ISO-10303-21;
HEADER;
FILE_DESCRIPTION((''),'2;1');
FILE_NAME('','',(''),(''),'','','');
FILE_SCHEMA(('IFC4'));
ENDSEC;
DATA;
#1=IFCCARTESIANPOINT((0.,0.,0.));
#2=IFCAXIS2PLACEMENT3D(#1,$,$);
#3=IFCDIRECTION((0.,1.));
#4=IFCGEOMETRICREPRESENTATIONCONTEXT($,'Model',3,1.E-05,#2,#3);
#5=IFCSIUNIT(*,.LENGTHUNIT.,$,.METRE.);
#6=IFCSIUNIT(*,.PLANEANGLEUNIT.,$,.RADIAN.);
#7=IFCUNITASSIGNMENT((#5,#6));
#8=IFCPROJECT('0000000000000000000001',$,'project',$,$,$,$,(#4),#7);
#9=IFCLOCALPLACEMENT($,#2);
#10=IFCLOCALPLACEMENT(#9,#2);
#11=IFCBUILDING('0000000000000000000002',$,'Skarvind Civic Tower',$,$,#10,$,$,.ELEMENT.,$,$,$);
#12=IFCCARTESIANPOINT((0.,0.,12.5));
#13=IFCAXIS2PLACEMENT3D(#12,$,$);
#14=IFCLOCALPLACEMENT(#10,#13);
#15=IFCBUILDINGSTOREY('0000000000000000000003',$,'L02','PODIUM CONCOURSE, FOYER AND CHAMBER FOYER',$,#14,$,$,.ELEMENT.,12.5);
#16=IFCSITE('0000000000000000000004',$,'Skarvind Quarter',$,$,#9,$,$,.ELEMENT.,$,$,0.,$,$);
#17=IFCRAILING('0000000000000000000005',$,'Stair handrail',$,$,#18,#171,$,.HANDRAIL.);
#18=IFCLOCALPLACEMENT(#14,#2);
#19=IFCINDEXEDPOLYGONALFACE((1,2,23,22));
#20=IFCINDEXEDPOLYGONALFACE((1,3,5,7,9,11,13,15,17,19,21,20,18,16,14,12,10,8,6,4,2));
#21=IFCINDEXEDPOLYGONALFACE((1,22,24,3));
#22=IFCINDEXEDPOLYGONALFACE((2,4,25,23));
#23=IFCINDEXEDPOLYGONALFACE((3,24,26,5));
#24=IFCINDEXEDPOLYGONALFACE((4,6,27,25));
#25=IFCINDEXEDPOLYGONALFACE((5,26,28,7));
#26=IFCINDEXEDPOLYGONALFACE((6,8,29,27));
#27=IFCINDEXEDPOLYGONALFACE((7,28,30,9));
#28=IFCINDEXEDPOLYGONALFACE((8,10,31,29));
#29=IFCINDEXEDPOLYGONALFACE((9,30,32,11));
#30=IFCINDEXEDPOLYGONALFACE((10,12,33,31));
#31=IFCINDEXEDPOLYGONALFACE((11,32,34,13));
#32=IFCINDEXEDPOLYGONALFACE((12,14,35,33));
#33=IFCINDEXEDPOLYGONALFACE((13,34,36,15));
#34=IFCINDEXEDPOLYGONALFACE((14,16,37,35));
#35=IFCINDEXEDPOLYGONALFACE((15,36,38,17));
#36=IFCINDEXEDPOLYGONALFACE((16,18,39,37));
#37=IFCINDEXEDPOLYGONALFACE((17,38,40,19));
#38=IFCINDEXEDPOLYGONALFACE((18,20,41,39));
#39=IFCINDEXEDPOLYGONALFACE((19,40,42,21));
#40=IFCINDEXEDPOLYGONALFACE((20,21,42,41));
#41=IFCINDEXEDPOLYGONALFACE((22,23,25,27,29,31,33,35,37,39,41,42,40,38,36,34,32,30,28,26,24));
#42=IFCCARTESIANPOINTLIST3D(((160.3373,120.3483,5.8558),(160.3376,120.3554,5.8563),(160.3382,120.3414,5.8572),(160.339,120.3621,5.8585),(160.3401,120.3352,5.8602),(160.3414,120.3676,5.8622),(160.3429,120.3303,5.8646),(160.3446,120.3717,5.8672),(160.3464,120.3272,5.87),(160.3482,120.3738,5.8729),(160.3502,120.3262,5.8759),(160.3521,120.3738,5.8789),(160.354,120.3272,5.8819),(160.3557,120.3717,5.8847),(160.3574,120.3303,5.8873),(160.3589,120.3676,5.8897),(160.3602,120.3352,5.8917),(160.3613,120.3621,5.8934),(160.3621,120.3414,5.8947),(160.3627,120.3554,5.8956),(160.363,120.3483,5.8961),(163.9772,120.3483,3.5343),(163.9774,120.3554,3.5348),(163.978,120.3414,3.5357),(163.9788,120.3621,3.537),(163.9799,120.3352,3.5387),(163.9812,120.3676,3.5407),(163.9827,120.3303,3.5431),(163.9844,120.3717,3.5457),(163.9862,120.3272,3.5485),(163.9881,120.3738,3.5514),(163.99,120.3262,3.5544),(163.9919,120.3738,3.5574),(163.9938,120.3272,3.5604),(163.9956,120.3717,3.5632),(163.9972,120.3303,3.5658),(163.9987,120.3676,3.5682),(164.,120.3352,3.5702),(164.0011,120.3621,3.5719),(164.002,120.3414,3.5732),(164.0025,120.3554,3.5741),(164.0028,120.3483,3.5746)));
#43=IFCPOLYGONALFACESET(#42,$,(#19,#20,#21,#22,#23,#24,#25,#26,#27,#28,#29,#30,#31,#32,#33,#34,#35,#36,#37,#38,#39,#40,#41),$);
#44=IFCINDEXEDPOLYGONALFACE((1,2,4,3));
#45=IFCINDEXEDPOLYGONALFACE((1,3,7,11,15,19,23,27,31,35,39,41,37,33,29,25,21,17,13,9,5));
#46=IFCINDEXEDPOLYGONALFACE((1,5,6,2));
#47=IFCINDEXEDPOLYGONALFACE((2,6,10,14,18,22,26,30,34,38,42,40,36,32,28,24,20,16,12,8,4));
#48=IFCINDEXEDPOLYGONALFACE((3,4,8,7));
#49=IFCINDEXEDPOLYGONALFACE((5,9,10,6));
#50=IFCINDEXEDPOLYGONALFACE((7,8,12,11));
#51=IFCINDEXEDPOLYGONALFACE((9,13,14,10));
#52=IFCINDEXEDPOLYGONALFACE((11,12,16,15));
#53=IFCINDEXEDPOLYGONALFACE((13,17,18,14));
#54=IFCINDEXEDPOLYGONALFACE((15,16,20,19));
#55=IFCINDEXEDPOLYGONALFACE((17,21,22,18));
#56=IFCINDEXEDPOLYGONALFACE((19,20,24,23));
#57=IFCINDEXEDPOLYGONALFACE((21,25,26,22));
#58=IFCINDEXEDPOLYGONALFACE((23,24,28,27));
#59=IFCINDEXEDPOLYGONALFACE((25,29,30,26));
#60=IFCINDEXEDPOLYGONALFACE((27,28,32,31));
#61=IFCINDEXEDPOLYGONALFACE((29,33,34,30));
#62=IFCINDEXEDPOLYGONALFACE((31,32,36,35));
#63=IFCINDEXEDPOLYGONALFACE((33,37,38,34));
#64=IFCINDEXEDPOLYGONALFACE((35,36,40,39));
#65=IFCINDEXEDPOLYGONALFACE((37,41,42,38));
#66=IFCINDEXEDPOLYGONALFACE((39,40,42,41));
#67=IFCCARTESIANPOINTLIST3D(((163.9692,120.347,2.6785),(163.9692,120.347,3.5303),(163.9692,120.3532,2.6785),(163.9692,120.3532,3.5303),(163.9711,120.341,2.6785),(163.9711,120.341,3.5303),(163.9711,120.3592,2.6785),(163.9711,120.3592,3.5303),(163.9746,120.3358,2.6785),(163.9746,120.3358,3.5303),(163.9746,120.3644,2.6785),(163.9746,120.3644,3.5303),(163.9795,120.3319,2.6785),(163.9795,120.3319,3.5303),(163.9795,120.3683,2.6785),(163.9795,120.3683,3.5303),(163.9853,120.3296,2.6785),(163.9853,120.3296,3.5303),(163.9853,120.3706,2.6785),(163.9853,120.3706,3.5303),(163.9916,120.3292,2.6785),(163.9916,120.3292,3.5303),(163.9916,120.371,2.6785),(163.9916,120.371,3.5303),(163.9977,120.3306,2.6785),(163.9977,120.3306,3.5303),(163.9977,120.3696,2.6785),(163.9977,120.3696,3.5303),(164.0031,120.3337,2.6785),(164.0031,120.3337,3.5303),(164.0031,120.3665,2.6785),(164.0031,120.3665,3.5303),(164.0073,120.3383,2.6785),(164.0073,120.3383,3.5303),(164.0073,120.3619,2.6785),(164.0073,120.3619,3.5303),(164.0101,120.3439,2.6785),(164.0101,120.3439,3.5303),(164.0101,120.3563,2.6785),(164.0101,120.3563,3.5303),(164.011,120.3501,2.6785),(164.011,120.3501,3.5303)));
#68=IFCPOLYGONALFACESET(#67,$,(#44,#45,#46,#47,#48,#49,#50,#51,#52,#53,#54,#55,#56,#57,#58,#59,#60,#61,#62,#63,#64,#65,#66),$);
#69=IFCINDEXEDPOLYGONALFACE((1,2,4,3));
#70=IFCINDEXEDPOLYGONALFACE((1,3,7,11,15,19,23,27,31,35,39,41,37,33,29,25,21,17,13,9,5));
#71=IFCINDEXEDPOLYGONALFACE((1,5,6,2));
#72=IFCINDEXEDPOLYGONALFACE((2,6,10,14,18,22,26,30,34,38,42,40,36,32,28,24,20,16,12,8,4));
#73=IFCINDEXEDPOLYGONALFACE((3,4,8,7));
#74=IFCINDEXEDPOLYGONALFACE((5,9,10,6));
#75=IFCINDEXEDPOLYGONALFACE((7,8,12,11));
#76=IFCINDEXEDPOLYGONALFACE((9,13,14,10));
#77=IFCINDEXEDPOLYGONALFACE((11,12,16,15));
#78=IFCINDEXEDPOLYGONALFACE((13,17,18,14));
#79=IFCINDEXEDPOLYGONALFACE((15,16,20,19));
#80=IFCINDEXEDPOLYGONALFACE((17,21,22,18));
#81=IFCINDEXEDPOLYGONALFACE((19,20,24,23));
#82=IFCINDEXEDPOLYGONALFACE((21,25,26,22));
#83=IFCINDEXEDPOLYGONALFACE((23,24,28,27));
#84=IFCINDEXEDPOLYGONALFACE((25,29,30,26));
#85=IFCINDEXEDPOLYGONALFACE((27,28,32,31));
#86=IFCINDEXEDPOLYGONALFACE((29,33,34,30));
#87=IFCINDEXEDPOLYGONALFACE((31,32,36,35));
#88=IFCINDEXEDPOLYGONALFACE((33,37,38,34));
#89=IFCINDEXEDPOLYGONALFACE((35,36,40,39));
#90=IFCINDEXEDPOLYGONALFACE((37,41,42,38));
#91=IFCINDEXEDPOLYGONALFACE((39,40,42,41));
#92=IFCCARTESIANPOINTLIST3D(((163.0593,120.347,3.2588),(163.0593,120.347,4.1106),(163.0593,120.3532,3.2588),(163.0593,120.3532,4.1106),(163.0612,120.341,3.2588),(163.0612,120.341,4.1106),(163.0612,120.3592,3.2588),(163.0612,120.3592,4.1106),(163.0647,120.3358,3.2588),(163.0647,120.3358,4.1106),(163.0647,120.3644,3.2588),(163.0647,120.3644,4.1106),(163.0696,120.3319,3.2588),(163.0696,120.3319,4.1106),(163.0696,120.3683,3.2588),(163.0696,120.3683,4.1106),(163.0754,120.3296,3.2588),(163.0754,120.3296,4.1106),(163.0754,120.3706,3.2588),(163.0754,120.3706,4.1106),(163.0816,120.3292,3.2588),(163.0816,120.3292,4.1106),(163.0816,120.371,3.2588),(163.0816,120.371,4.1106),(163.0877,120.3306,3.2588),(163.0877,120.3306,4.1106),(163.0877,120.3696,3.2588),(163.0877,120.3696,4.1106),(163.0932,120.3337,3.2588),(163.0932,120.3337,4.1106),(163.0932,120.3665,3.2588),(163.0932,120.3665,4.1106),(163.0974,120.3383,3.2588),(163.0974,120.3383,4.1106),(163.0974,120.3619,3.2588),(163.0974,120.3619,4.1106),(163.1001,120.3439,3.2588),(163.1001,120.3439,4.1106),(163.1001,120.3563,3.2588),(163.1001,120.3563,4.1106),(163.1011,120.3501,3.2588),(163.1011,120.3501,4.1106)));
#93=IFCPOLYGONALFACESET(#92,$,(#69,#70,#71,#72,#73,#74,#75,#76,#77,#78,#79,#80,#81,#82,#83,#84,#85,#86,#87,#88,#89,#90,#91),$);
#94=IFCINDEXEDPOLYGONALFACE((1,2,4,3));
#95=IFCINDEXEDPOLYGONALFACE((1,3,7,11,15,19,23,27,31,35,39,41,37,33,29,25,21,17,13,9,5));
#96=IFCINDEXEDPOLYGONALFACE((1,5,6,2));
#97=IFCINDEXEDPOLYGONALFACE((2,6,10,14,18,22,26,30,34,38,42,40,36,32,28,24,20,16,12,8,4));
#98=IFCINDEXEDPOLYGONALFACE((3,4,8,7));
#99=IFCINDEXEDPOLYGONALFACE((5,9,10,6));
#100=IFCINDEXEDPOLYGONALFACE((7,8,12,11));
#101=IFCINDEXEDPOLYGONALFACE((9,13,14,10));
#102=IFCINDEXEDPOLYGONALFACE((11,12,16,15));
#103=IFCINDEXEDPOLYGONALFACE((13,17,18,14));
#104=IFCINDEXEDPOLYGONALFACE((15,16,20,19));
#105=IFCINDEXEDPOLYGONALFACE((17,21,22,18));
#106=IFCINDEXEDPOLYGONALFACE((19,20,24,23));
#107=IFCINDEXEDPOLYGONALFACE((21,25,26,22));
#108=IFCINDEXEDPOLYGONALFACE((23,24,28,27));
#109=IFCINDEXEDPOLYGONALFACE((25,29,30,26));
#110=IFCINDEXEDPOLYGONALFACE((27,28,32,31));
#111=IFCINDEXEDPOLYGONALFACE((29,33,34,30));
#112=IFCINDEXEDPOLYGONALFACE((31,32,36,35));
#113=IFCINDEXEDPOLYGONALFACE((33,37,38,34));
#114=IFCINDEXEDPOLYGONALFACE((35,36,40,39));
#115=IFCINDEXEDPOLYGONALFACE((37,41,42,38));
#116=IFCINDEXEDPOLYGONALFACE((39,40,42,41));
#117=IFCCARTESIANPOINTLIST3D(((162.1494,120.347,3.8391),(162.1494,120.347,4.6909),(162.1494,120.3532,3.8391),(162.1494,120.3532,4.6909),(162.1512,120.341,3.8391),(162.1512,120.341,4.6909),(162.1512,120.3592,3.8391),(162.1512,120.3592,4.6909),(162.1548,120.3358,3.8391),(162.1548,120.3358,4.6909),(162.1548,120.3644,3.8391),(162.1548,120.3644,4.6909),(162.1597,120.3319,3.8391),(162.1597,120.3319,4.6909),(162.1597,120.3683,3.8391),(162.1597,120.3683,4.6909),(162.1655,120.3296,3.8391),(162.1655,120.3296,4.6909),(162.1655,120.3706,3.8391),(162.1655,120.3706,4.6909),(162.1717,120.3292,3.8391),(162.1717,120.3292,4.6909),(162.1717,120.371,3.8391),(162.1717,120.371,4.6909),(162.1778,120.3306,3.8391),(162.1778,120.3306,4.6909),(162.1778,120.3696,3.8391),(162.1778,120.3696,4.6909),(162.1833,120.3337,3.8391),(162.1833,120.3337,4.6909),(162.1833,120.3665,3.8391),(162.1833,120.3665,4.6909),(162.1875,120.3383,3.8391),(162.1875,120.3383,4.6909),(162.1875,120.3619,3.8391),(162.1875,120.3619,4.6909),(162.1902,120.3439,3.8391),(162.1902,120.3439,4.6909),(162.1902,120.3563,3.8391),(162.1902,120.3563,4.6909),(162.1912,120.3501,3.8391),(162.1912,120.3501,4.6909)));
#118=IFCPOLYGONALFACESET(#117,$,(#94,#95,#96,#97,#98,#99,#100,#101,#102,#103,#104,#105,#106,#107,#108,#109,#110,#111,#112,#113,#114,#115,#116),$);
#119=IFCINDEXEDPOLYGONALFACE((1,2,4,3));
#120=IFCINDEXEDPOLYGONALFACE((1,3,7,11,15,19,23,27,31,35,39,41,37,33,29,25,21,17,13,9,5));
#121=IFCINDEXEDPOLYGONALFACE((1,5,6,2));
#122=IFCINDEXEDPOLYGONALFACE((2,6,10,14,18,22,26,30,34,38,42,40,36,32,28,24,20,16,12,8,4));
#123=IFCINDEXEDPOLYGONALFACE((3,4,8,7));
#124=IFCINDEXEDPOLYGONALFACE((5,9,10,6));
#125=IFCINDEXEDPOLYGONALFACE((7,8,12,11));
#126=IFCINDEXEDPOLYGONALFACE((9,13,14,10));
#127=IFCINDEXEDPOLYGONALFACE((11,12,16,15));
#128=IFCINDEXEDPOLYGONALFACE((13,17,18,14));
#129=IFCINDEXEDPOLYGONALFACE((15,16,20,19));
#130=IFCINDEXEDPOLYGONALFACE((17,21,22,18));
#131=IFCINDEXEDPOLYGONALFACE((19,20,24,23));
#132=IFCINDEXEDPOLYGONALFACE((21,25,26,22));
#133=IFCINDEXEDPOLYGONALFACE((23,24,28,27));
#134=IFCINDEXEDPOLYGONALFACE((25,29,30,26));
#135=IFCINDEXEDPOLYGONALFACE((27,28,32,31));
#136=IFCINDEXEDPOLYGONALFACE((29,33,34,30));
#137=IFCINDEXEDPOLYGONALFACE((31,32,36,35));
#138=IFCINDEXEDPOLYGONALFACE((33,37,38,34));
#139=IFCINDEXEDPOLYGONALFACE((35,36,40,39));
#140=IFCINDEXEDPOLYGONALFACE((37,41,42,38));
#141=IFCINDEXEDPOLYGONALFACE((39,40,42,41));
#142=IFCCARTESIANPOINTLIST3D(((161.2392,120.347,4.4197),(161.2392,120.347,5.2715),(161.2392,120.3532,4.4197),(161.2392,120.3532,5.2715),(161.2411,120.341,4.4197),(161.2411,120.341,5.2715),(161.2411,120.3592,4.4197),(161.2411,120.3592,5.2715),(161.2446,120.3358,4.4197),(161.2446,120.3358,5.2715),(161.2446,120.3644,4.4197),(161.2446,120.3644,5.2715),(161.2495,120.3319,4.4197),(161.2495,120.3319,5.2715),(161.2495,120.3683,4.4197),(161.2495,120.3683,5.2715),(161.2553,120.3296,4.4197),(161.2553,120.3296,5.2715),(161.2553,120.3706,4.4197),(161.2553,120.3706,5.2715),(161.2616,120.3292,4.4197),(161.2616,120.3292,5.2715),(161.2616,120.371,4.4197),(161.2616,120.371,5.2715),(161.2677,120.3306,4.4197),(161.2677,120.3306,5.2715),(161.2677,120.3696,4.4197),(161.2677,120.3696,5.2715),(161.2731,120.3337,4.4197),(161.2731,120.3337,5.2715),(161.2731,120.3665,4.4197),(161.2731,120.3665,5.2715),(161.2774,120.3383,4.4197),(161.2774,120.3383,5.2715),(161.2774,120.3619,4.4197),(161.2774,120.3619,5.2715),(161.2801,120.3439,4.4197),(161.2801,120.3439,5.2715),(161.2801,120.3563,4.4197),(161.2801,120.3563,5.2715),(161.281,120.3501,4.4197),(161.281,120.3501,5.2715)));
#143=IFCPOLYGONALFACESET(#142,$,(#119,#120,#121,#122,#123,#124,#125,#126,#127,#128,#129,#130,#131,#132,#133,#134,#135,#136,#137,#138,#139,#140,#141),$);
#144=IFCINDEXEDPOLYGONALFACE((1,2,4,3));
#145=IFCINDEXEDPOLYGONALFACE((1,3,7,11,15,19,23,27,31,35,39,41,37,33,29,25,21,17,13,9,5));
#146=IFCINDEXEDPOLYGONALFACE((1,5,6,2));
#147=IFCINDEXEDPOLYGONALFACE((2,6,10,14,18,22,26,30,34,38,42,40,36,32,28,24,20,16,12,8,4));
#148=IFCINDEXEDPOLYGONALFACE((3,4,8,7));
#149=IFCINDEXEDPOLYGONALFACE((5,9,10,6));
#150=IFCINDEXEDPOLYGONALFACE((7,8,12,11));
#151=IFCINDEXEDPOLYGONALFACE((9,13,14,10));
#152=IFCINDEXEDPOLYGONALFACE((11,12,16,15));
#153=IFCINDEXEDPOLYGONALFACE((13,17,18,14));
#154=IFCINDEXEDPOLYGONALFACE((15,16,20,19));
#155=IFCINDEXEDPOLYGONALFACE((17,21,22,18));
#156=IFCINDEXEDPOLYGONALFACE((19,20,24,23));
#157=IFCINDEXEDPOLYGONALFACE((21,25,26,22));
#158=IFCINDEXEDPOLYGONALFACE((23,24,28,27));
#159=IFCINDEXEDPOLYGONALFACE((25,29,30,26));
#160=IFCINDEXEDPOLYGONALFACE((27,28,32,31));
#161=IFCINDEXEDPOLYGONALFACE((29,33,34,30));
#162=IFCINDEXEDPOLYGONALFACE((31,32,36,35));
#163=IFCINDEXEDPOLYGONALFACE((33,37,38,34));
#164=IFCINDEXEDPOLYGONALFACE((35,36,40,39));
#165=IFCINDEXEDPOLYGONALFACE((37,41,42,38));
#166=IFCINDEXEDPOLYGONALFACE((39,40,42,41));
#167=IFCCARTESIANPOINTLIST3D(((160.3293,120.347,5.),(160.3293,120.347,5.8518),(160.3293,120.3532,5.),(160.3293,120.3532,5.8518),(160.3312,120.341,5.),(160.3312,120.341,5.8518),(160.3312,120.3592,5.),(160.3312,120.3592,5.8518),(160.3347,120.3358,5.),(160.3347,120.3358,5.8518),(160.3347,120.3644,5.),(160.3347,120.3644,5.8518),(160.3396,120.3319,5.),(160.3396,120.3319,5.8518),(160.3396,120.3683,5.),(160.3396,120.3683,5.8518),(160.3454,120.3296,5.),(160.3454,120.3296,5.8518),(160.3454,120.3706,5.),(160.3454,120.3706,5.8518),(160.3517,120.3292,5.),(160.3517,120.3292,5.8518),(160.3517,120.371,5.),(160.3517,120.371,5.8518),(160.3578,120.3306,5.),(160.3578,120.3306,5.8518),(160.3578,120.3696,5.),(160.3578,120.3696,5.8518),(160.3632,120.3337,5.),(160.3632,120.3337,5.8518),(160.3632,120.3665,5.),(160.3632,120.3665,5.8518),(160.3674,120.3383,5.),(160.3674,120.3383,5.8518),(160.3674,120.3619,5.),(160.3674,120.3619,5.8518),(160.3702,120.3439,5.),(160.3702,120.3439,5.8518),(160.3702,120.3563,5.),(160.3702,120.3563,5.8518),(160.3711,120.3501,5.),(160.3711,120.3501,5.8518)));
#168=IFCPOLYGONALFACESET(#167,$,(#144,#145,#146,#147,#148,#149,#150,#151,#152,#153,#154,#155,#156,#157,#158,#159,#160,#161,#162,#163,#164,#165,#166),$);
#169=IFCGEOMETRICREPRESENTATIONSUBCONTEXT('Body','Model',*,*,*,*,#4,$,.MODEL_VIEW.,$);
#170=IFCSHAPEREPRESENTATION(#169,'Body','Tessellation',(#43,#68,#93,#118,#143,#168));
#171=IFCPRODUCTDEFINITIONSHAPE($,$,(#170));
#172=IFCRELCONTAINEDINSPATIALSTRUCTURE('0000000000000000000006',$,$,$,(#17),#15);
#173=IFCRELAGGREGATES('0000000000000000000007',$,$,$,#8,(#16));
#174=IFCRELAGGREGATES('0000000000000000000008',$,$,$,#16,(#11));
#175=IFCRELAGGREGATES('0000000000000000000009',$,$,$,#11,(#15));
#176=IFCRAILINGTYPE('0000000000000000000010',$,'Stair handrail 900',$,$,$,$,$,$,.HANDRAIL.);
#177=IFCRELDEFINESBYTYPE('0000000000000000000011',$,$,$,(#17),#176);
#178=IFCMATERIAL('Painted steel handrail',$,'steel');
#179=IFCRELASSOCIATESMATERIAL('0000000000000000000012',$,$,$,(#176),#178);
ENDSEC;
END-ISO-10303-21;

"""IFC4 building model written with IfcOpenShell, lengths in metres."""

from ifc_helpers import new_model, si_unit, direction, frame, origin, origin_2d, place, context, subcontext, project, spatial, circle, extrude, material, type_object, element, save


model = new_model("IFC4")

# Units and contexts
model_context = context("Model", 3, precision=1e-05, world=origin(), true_north=direction((0.0, 1.0)))
body_context = subcontext(model_context, "Body", "Model", "MODEL_VIEW")
ifc_project = project(units=[si_unit("LENGTHUNIT", "METRE"), si_unit("PLANEANGLEUNIT", "RADIAN")], contexts=[model_context])

# Site, building, storey
site_placement = place(None, origin())
site = spatial("IfcSite", under=ifc_project, at=site_placement, Name="Skarvind Quarter", CompositionType="ELEMENT", RefElevation=0.0)
building_placement = place(site_placement, origin())
building = spatial("IfcBuilding", under=site, at=building_placement, Name="Skarvind Civic Tower", CompositionType="ELEMENT")
storey_placement = place(building_placement, frame((0.0, 0.0, 12.5)))
storey = spatial("IfcBuildingStorey", under=building, at=storey_placement, Name="L02", Description="PODIUM CONCOURSE, FOYER AND CHAMBER FOYER", CompositionType="ELEMENT", Elevation=12.5)

# Railing
ifc_material_1 = material(Name="Painted steel handrail", Category="steel")
railing_type = type_object("IfcRailingType", Name="Stair handrail 900", PredefinedType="HANDRAIL", material=ifc_material_1)
for number, where, name in (
    (1, (163.99, 120.3501, 2.6785), "Stair handrail"),
):
    element("IfcRailing", number, at=place(storey_placement, frame(where)), inside=storey, type_object=railing_type, Name=name, PredefinedType="HANDRAIL", context=body_context, shape_type="SweptSolid", body=[
        extrude(circle(Radius=0.0239, at=origin_2d()), frame((0.0, 0.0, 0.876), z_axis=(-0.843112, 0.0, 0.537739), x_axis=(0.0, -1.0, 0.0)), (0.0, 0.0, 1.0), 4.3171),
        extrude(circle(Radius=0.021, at=origin_2d()), origin(), (0.0, 0.0, 1.0), 0.8518),
        extrude(circle(Radius=0.021, at=origin_2d()), frame((-0.9099, 0.0, 0.5803)), (0.0, 0.0, 1.0), 0.8518),
        extrude(circle(Radius=0.021, at=origin_2d()), frame((-1.8198, 0.0, 1.1606)), (0.0, 0.0, 1.0), 0.8518),
        extrude(circle(Radius=0.021, at=origin_2d()), frame((-2.73, 0.0, 1.7412)), (0.0, 0.0, 1.0), 0.8518),
        extrude(circle(Radius=0.021, at=origin_2d()), frame((-3.6399, 0.0, 2.3215)), (0.0, 0.0, 1.0), 0.8518),
    ])

save(model, "model.ifc")
